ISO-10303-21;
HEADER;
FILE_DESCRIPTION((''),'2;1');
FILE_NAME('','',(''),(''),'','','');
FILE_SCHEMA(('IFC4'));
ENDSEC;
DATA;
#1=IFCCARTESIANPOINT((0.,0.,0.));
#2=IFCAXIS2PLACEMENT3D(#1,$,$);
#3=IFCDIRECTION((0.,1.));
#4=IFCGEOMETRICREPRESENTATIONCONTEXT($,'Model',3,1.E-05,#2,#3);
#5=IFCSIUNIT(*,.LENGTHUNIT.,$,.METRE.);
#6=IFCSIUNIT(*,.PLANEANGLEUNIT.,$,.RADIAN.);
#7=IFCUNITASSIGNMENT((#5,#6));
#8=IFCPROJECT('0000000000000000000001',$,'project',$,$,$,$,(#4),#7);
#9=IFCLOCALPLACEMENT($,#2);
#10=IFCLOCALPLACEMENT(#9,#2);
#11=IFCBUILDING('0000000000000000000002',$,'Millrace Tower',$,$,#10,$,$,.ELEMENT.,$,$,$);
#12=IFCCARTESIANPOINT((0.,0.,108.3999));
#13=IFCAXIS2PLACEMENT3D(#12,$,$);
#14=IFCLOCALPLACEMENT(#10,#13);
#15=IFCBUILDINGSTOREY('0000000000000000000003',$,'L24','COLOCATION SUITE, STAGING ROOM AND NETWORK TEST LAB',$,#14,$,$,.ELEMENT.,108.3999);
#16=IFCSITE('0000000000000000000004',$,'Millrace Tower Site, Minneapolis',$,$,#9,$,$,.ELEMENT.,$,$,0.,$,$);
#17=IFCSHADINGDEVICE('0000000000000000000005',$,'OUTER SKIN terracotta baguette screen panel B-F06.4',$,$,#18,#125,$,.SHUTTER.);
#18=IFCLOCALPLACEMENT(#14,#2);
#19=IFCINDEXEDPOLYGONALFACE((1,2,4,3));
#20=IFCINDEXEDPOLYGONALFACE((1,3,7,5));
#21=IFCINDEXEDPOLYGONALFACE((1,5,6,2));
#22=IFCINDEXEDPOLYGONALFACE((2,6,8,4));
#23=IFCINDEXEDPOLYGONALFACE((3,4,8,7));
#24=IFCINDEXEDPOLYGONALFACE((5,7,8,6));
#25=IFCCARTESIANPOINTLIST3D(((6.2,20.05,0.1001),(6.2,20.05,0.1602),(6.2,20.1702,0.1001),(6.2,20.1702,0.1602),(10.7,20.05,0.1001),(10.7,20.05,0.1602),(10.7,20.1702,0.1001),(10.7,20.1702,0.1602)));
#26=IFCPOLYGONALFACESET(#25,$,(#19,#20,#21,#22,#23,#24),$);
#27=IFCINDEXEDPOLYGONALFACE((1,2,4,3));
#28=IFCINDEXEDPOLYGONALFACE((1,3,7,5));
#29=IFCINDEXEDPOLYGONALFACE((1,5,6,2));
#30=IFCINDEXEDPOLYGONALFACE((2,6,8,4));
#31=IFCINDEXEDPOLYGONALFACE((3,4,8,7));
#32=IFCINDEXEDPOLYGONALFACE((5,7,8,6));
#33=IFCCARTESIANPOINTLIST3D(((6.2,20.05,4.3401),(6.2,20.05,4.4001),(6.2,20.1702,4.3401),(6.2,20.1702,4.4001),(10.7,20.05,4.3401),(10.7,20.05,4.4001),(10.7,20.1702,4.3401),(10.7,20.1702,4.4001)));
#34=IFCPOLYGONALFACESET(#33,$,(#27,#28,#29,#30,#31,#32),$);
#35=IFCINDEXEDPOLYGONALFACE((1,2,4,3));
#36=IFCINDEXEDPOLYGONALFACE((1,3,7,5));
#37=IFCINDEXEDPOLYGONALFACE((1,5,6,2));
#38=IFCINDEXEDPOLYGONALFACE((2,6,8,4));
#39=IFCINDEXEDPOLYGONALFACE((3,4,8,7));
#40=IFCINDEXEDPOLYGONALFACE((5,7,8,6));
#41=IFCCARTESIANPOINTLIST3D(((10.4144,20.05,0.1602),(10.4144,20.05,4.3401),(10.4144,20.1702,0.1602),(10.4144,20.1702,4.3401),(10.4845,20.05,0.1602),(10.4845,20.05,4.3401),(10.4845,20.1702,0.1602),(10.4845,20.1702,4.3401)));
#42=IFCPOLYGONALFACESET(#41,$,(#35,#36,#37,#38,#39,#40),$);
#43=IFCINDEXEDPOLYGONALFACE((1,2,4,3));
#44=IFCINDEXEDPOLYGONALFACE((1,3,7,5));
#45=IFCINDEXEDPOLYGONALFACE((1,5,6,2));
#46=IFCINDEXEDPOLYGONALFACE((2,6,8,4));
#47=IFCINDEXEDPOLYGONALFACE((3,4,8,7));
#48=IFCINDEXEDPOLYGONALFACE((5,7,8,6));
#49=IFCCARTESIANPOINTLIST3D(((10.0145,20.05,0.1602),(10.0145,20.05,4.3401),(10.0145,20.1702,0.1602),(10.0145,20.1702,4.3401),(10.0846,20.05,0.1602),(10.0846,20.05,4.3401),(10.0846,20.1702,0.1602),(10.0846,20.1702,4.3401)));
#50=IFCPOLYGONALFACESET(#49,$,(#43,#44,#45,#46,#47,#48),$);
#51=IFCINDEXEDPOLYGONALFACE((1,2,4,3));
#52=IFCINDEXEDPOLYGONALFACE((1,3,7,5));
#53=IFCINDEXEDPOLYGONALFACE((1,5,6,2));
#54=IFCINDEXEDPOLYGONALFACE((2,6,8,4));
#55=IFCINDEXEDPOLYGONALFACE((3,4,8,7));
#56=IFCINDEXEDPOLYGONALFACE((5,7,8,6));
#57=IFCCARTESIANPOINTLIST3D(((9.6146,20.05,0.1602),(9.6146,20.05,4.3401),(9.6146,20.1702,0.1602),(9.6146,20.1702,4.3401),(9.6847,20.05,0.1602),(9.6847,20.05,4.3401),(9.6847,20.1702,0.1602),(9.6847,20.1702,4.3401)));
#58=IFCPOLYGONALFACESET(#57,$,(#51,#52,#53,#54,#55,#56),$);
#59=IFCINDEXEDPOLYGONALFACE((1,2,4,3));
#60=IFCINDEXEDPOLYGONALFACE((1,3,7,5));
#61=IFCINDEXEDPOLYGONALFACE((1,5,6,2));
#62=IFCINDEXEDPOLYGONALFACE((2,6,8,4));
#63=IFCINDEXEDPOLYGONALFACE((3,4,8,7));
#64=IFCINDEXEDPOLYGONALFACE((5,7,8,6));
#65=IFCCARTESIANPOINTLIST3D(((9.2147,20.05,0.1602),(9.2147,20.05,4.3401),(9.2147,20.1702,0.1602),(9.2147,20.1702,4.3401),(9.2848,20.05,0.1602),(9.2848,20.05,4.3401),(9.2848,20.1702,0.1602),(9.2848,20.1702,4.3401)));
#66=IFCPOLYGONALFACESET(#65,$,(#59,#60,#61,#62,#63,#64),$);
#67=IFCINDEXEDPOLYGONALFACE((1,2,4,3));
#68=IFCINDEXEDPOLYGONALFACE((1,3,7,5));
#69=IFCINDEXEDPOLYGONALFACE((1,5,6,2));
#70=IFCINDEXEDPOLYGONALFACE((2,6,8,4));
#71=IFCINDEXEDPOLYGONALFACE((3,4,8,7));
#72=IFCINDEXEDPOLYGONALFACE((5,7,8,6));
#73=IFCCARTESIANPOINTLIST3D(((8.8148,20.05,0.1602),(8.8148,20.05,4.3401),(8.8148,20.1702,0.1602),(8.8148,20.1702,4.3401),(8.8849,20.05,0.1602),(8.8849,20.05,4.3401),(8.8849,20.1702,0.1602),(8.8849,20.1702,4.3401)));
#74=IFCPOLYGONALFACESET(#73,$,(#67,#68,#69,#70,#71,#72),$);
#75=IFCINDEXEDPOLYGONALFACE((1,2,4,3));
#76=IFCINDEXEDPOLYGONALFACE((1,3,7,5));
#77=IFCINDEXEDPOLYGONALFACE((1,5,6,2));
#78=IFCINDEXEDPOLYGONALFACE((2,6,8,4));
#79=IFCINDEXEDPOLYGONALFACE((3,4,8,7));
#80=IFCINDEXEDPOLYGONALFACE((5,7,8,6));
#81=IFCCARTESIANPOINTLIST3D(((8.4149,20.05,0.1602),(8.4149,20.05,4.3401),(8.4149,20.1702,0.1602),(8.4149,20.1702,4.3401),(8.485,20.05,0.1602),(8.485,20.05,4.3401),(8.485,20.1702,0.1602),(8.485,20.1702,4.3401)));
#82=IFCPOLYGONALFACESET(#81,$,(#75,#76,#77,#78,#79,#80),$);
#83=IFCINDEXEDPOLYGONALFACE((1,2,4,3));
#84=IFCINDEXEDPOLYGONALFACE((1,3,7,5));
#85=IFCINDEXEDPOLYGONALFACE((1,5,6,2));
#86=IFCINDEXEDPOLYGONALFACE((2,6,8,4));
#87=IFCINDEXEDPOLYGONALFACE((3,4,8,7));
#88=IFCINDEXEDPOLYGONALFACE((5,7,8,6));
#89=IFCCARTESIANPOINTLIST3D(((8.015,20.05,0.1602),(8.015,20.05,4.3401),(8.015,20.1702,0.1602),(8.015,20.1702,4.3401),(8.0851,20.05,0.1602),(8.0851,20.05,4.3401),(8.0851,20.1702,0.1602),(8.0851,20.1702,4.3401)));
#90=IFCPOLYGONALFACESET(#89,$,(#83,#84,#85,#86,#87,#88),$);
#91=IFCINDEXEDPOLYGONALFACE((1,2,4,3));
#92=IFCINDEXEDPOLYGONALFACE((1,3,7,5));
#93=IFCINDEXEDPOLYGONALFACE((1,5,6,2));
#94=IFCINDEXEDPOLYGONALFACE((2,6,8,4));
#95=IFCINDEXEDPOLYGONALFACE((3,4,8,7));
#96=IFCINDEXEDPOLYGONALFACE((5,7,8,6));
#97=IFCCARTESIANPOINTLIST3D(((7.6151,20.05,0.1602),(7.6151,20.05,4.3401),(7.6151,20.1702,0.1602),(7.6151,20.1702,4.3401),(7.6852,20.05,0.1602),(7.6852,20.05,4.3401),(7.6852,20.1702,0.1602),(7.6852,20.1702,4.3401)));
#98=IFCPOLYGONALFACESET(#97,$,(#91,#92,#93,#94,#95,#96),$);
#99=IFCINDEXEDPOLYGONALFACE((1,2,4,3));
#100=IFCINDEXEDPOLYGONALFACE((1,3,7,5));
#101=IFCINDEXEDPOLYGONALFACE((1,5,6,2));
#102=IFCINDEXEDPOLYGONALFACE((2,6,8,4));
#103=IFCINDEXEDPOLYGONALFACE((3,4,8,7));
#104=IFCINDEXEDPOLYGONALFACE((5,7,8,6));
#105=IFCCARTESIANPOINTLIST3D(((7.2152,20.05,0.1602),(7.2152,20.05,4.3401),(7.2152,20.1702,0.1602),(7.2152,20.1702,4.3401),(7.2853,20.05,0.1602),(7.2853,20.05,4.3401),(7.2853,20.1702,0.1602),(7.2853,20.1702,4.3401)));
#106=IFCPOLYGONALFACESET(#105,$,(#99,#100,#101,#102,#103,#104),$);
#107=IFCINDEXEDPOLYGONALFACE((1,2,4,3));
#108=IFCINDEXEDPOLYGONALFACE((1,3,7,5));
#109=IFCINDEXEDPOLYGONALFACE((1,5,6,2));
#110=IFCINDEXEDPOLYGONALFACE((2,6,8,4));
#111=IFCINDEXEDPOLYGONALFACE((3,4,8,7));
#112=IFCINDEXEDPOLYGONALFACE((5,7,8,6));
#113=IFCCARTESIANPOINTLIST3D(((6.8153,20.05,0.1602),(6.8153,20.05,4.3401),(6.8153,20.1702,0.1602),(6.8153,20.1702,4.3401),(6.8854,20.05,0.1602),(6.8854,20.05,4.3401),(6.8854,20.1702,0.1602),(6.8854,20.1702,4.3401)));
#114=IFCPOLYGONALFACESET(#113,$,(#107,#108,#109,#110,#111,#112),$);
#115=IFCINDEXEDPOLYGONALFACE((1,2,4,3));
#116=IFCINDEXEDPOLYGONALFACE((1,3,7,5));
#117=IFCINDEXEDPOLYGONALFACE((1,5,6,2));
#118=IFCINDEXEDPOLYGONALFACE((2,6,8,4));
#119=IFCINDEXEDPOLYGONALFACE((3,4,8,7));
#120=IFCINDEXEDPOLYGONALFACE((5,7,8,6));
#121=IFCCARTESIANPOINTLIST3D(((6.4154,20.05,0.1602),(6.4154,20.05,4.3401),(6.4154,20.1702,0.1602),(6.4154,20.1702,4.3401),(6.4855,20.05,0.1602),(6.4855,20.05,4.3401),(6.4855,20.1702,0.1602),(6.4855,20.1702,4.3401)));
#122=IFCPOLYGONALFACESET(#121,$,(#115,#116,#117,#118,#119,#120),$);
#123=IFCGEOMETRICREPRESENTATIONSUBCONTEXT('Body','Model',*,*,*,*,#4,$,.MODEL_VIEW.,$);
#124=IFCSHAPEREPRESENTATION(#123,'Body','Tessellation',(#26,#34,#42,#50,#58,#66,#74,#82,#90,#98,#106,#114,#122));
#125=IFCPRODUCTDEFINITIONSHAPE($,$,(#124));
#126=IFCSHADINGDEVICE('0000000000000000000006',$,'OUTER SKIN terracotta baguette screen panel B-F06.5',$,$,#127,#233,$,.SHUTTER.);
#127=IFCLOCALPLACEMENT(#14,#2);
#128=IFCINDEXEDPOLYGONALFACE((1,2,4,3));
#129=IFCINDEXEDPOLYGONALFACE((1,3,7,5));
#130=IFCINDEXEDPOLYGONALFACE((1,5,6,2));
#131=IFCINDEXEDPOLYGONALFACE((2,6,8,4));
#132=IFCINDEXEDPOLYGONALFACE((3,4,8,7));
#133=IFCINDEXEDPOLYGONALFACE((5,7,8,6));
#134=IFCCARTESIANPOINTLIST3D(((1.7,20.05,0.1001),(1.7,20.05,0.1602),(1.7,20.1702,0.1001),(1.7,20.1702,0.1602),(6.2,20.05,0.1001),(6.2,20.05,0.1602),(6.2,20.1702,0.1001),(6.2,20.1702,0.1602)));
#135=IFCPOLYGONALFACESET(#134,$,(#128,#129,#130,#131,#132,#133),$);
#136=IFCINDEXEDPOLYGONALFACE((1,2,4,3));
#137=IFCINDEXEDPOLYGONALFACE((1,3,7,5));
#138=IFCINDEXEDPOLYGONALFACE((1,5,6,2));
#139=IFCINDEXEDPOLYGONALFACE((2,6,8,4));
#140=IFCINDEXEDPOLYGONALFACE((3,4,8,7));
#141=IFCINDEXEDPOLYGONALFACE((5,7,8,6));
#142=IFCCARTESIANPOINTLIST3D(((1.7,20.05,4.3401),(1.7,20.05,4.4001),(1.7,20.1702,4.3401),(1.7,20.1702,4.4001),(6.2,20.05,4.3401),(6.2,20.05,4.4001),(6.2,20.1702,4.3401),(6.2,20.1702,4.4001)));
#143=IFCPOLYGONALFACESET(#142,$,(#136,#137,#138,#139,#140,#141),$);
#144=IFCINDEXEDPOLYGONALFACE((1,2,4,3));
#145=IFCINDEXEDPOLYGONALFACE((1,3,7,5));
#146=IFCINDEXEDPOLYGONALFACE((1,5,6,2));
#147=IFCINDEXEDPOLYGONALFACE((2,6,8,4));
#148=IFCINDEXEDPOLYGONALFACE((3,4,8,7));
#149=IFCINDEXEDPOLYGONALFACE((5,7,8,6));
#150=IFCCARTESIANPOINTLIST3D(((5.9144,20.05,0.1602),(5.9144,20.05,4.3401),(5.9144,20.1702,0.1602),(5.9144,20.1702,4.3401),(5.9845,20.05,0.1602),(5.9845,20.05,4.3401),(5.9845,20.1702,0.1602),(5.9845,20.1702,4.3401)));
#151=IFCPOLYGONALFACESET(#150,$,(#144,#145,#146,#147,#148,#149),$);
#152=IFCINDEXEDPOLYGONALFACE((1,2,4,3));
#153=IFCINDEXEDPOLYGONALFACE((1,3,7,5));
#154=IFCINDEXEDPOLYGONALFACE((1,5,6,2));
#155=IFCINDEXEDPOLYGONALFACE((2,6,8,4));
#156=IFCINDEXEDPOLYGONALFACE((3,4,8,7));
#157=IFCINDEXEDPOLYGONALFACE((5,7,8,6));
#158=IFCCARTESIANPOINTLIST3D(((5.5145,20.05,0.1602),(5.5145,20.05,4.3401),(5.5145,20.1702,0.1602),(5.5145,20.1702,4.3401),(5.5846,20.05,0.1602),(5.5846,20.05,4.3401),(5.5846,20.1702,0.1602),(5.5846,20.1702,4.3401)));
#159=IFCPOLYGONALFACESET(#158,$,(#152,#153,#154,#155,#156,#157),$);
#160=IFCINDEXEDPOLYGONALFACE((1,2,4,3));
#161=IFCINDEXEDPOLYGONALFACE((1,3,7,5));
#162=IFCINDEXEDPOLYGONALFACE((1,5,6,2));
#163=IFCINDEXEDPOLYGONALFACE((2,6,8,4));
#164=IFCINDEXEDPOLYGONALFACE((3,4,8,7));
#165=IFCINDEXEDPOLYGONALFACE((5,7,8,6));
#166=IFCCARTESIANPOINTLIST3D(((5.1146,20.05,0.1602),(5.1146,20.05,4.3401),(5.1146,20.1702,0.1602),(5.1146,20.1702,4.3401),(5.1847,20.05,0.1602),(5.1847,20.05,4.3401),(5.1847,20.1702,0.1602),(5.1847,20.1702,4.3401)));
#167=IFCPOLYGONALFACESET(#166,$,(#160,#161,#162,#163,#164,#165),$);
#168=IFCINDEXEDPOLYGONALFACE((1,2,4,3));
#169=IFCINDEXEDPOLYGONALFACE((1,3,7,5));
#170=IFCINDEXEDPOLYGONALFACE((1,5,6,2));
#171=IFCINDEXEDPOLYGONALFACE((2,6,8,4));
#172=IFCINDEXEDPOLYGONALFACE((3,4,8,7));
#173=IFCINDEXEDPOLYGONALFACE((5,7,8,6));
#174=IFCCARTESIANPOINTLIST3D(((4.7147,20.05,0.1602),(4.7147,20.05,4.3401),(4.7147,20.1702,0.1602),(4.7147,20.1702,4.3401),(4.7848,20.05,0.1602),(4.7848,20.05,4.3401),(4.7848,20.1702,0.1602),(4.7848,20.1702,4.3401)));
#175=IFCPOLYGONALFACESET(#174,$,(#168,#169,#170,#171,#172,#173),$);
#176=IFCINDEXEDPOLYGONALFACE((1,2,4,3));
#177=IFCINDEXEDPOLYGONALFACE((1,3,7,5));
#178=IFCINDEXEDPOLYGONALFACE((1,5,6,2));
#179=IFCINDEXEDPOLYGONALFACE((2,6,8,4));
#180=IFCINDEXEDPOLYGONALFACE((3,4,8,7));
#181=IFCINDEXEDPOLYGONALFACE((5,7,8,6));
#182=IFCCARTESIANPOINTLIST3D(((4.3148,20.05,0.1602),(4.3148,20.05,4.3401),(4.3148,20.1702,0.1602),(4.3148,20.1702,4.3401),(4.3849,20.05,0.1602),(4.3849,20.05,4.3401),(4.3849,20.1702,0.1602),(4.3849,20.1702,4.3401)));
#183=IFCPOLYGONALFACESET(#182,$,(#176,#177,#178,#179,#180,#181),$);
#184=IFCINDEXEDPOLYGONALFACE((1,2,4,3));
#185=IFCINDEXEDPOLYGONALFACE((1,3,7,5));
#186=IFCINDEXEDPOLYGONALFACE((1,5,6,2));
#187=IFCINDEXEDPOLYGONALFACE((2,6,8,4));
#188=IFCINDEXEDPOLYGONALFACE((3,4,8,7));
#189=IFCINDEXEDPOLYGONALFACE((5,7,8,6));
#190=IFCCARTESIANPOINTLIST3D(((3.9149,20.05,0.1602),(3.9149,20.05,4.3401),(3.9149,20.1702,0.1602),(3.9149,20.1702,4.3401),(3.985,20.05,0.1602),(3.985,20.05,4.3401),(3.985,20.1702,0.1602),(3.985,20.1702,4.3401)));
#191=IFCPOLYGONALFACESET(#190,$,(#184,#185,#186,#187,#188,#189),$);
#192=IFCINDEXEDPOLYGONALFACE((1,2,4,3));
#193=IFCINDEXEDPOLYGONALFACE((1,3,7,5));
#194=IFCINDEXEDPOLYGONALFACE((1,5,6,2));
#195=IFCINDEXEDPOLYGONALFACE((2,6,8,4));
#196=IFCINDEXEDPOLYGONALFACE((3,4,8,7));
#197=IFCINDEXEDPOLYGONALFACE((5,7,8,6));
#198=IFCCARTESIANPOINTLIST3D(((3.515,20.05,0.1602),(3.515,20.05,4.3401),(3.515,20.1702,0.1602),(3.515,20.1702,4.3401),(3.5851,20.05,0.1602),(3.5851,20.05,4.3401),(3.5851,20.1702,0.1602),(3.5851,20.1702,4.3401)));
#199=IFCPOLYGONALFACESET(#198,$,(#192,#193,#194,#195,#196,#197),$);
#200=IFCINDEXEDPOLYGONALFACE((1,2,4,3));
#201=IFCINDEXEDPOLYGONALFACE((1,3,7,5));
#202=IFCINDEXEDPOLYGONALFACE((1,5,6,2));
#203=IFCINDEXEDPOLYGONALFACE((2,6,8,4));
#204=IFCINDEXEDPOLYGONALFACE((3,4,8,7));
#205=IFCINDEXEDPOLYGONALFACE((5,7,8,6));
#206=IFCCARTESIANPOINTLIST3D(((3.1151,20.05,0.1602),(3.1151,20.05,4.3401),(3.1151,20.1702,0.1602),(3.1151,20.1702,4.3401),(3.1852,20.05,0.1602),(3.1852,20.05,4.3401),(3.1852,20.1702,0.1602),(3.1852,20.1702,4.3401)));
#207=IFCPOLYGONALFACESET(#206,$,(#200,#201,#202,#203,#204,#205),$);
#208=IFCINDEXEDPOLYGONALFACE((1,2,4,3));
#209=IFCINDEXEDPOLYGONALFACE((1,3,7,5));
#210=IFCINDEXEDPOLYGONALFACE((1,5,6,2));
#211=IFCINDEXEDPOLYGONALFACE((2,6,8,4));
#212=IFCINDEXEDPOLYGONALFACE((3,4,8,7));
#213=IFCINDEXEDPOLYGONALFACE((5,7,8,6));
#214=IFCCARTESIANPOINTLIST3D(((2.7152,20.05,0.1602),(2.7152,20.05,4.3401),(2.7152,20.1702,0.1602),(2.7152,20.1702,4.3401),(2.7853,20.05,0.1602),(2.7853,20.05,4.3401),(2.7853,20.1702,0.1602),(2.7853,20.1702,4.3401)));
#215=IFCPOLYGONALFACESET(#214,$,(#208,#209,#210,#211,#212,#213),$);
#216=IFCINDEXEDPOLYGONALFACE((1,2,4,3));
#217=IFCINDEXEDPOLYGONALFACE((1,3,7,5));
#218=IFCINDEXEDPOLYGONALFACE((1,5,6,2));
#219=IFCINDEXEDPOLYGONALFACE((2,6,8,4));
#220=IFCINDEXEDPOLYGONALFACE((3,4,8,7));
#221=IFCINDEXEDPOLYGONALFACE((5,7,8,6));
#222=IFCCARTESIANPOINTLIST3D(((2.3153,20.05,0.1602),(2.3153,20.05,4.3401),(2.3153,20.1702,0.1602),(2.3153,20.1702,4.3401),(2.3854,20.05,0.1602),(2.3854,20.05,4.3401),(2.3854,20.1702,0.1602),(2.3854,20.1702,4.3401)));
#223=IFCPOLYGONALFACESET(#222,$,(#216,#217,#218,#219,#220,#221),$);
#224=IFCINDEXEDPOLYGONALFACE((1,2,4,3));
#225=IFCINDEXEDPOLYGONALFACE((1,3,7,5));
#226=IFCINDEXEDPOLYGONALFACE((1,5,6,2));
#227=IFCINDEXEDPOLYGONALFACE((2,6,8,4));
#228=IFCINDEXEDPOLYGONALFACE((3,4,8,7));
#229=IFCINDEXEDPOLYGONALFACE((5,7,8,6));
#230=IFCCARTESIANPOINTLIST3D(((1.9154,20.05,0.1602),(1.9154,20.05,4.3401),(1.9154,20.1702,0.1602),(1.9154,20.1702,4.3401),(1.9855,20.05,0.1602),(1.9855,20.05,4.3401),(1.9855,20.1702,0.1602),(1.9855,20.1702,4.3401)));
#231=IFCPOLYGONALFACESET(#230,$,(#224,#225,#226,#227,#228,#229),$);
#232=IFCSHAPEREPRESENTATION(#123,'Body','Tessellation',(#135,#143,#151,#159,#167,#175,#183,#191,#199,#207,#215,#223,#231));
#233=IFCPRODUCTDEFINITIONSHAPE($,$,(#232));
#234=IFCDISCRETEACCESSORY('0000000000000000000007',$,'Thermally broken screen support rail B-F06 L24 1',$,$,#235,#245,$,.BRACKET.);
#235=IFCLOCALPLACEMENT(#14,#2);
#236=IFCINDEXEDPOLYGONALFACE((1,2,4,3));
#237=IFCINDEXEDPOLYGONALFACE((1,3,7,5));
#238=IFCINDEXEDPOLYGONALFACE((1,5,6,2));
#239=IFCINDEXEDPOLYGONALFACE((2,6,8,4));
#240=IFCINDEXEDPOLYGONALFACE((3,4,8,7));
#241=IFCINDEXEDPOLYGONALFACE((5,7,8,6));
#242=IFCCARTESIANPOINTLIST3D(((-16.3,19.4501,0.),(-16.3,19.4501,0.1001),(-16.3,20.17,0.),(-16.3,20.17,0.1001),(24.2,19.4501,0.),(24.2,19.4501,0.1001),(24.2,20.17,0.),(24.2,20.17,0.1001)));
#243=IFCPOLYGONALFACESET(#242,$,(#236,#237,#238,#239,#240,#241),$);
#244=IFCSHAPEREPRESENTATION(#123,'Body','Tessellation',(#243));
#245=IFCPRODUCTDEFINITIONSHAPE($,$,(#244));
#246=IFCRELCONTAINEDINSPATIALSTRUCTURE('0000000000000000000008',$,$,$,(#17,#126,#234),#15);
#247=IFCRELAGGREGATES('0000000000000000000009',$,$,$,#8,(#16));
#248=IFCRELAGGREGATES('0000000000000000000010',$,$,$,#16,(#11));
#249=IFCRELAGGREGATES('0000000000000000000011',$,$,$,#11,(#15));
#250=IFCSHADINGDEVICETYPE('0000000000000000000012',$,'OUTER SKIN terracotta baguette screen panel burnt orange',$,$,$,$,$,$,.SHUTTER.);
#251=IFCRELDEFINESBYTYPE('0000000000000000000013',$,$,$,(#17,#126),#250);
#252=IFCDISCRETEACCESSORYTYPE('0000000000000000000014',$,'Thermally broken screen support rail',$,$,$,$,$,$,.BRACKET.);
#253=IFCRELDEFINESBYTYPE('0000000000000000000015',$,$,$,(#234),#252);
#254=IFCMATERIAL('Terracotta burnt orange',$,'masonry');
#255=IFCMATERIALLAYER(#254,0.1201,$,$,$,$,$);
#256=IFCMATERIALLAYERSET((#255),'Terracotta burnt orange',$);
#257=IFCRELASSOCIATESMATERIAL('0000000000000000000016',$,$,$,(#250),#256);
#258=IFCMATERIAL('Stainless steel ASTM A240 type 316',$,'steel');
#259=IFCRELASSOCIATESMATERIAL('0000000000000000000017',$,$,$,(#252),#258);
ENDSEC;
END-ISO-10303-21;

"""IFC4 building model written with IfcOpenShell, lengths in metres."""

from ifc_helpers import new_model, entity, si_unit, direction, frame, frame_2d, origin, origin_2d, place, context, subcontext, project, spatial, rectangle, extrude, source, transform, mapped, material, layer, layer_set, type_object, element, save


model = new_model("IFC4")

# Units and contexts
model_context = context("Model", 3, precision=1e-05, world=origin(), true_north=direction((0.0, 1.0)))
body_context = subcontext(model_context, "Body", "Model", "MODEL_VIEW")
ifc_project = project(units=[si_unit("LENGTHUNIT", "METRE"), si_unit("PLANEANGLEUNIT", "RADIAN")], contexts=[model_context])

# Site, building, storey
site_placement = place(None, origin())
site = spatial("IfcSite", under=ifc_project, at=site_placement, Name="Millrace Tower Site, Minneapolis", CompositionType="ELEMENT", RefElevation=0.0)
building_placement = place(site_placement, origin())
building = spatial("IfcBuilding", under=site, at=building_placement, Name="Millrace Tower", CompositionType="ELEMENT")
storey_placement = place(building_placement, frame((0.0, 0.0, 108.3999)))
storey = spatial("IfcBuildingStorey", under=building, at=storey_placement, Name="L24", Description="COLOCATION SUITE, STAGING ROOM AND NETWORK TEST LAB", CompositionType="ELEMENT", Elevation=108.3999)

# Shading devices
ifc_material_1 = material(Name="Terracotta burnt orange", Category="masonry")
ifc_layer_1 = layer(ifc_material_1, 0.1201)
ifc_layer_set_1 = layer_set([ifc_layer_1], Name="Terracotta burnt orange")
shading_device_type = type_object("IfcShadingDeviceType", Name="OUTER SKIN terracotta baguette screen panel burnt orange", PredefinedType="SHUTTER", material=ifc_layer_set_1)
cartesian_point = entity("IfcCartesianPoint", [-2.25, 0.0601])
shared_polyline = entity("IfcPolyline", [cartesian_point, entity("IfcCartesianPoint", [2.25, 0.0601]), entity("IfcCartesianPoint", [2.25, -0.0601]), entity("IfcCartesianPoint", [-2.25, -0.0601]), cartesian_point])
shared_shape = source(origin(), body_context, "Body", "SweptSolid", [
    entity("IfcExtrudedAreaSolid", entity("IfcArbitraryClosedProfileDef", "AREA", None, shared_polyline), entity("IfcAxis2Placement3D", entity("IfcCartesianPoint", [0.0, 0.0, 0.0])), entity("IfcDirection", [0.0, 0.0, 1.0]), 0.0601),
    entity("IfcExtrudedAreaSolid", entity("IfcArbitraryClosedProfileDef", "AREA", None, shared_polyline), entity("IfcAxis2Placement3D", entity("IfcCartesianPoint", [0.0, 0.0, 4.24])), entity("IfcDirection", [0.0, 0.0, 1.0]), 0.0601),
    extrude(rectangle(XDim=0.0701, YDim=0.1201, at=frame_2d((-1.9995, 0.0))), frame((0.0, 0.0, 0.0601)), (0.0, 0.0, 1.0), 4.1799),
    extrude(rectangle(XDim=0.0701, YDim=0.1201, at=frame_2d((-1.5996, 0.0))), frame((0.0, 0.0, 0.0601)), (0.0, 0.0, 1.0), 4.1799),
    extrude(rectangle(XDim=0.0701, YDim=0.1201, at=frame_2d((-1.1997, 0.0))), frame((0.0, 0.0, 0.0601)), (0.0, 0.0, 1.0), 4.1799),
    extrude(rectangle(XDim=0.0701, YDim=0.1201, at=frame_2d((-0.7998, 0.0))), frame((0.0, 0.0, 0.0601)), (0.0, 0.0, 1.0), 4.1799),
    extrude(rectangle(XDim=0.0701, YDim=0.1201, at=frame_2d((-0.3999, 0.0))), frame((0.0, 0.0, 0.0601)), (0.0, 0.0, 1.0), 4.1799),
    extrude(rectangle(XDim=0.0701, YDim=0.1201, at=origin_2d()), frame((0.0, 0.0, 0.0601)), (0.0, 0.0, 1.0), 4.1799),
    extrude(rectangle(XDim=0.0701, YDim=0.1201, at=frame_2d((0.3999, 0.0))), frame((0.0, 0.0, 0.0601)), (0.0, 0.0, 1.0), 4.1799),
    extrude(rectangle(XDim=0.0701, YDim=0.1201, at=frame_2d((0.7998, 0.0))), frame((0.0, 0.0, 0.0601)), (0.0, 0.0, 1.0), 4.1799),
    extrude(rectangle(XDim=0.0701, YDim=0.1201, at=frame_2d((1.1997, 0.0))), frame((0.0, 0.0, 0.0601)), (0.0, 0.0, 1.0), 4.1799),
    extrude(rectangle(XDim=0.0701, YDim=0.1201, at=frame_2d((1.5996, 0.0))), frame((0.0, 0.0, 0.0601)), (0.0, 0.0, 1.0), 4.1799),
    extrude(rectangle(XDim=0.0701, YDim=0.1201, at=frame_2d((1.9995, 0.0))), frame((0.0, 0.0, 0.0601)), (0.0, 0.0, 1.0), 4.1799),
])
for number, where, z_axis, x_axis, name in (
    (1, (8.45, 20.1101, 0.1001), (0.0, 0.0, 1.0), (-1.0, 0.0, 0.0), "OUTER SKIN terracotta baguette screen panel B-F06.4"),
    (2, (3.95, 20.1101, 0.1001), (0.0, 0.0, 1.0), (-1.0, 0.0, 0.0), "OUTER SKIN terracotta baguette screen panel B-F06.5"),
):
    element("IfcShadingDevice", number, at=place(storey_placement, frame(where, z_axis=z_axis, x_axis=x_axis)), inside=storey, type_object=shading_device_type, Name=name, PredefinedType="SHUTTER", context=body_context, shape_type="MappedRepresentation", body=[
        mapped(shared_shape, transform((0.0, 0.0, 0.0), scale=1.0)),
    ])

# Discrete accessory
ifc_material_2 = material(Name="Stainless steel ASTM A240 type 316", Category="steel")
discrete_accessory_type = type_object("IfcDiscreteAccessoryType", Name="Thermally broken screen support rail", PredefinedType="BRACKET", material=ifc_material_2)
discrete_accessory_placement = place(storey_placement, frame((3.95, 19.8101, 0.0), z_axis=(0.0, 0.0, 1.0), x_axis=(-1.0, 0.0, 0.0)))
element("IfcDiscreteAccessory", 3, at=discrete_accessory_placement, inside=storey, type_object=discrete_accessory_type, Name="Thermally broken screen support rail B-F06 L24 1", PredefinedType="BRACKET", context=body_context, shape_type="SweptSolid", body=[
    extrude(rectangle(XDim=40.5, YDim=0.72, at=origin_2d()), origin(), (0.0, 0.0, 1.0), 0.1001),
])

save(model, "model.ifc")
